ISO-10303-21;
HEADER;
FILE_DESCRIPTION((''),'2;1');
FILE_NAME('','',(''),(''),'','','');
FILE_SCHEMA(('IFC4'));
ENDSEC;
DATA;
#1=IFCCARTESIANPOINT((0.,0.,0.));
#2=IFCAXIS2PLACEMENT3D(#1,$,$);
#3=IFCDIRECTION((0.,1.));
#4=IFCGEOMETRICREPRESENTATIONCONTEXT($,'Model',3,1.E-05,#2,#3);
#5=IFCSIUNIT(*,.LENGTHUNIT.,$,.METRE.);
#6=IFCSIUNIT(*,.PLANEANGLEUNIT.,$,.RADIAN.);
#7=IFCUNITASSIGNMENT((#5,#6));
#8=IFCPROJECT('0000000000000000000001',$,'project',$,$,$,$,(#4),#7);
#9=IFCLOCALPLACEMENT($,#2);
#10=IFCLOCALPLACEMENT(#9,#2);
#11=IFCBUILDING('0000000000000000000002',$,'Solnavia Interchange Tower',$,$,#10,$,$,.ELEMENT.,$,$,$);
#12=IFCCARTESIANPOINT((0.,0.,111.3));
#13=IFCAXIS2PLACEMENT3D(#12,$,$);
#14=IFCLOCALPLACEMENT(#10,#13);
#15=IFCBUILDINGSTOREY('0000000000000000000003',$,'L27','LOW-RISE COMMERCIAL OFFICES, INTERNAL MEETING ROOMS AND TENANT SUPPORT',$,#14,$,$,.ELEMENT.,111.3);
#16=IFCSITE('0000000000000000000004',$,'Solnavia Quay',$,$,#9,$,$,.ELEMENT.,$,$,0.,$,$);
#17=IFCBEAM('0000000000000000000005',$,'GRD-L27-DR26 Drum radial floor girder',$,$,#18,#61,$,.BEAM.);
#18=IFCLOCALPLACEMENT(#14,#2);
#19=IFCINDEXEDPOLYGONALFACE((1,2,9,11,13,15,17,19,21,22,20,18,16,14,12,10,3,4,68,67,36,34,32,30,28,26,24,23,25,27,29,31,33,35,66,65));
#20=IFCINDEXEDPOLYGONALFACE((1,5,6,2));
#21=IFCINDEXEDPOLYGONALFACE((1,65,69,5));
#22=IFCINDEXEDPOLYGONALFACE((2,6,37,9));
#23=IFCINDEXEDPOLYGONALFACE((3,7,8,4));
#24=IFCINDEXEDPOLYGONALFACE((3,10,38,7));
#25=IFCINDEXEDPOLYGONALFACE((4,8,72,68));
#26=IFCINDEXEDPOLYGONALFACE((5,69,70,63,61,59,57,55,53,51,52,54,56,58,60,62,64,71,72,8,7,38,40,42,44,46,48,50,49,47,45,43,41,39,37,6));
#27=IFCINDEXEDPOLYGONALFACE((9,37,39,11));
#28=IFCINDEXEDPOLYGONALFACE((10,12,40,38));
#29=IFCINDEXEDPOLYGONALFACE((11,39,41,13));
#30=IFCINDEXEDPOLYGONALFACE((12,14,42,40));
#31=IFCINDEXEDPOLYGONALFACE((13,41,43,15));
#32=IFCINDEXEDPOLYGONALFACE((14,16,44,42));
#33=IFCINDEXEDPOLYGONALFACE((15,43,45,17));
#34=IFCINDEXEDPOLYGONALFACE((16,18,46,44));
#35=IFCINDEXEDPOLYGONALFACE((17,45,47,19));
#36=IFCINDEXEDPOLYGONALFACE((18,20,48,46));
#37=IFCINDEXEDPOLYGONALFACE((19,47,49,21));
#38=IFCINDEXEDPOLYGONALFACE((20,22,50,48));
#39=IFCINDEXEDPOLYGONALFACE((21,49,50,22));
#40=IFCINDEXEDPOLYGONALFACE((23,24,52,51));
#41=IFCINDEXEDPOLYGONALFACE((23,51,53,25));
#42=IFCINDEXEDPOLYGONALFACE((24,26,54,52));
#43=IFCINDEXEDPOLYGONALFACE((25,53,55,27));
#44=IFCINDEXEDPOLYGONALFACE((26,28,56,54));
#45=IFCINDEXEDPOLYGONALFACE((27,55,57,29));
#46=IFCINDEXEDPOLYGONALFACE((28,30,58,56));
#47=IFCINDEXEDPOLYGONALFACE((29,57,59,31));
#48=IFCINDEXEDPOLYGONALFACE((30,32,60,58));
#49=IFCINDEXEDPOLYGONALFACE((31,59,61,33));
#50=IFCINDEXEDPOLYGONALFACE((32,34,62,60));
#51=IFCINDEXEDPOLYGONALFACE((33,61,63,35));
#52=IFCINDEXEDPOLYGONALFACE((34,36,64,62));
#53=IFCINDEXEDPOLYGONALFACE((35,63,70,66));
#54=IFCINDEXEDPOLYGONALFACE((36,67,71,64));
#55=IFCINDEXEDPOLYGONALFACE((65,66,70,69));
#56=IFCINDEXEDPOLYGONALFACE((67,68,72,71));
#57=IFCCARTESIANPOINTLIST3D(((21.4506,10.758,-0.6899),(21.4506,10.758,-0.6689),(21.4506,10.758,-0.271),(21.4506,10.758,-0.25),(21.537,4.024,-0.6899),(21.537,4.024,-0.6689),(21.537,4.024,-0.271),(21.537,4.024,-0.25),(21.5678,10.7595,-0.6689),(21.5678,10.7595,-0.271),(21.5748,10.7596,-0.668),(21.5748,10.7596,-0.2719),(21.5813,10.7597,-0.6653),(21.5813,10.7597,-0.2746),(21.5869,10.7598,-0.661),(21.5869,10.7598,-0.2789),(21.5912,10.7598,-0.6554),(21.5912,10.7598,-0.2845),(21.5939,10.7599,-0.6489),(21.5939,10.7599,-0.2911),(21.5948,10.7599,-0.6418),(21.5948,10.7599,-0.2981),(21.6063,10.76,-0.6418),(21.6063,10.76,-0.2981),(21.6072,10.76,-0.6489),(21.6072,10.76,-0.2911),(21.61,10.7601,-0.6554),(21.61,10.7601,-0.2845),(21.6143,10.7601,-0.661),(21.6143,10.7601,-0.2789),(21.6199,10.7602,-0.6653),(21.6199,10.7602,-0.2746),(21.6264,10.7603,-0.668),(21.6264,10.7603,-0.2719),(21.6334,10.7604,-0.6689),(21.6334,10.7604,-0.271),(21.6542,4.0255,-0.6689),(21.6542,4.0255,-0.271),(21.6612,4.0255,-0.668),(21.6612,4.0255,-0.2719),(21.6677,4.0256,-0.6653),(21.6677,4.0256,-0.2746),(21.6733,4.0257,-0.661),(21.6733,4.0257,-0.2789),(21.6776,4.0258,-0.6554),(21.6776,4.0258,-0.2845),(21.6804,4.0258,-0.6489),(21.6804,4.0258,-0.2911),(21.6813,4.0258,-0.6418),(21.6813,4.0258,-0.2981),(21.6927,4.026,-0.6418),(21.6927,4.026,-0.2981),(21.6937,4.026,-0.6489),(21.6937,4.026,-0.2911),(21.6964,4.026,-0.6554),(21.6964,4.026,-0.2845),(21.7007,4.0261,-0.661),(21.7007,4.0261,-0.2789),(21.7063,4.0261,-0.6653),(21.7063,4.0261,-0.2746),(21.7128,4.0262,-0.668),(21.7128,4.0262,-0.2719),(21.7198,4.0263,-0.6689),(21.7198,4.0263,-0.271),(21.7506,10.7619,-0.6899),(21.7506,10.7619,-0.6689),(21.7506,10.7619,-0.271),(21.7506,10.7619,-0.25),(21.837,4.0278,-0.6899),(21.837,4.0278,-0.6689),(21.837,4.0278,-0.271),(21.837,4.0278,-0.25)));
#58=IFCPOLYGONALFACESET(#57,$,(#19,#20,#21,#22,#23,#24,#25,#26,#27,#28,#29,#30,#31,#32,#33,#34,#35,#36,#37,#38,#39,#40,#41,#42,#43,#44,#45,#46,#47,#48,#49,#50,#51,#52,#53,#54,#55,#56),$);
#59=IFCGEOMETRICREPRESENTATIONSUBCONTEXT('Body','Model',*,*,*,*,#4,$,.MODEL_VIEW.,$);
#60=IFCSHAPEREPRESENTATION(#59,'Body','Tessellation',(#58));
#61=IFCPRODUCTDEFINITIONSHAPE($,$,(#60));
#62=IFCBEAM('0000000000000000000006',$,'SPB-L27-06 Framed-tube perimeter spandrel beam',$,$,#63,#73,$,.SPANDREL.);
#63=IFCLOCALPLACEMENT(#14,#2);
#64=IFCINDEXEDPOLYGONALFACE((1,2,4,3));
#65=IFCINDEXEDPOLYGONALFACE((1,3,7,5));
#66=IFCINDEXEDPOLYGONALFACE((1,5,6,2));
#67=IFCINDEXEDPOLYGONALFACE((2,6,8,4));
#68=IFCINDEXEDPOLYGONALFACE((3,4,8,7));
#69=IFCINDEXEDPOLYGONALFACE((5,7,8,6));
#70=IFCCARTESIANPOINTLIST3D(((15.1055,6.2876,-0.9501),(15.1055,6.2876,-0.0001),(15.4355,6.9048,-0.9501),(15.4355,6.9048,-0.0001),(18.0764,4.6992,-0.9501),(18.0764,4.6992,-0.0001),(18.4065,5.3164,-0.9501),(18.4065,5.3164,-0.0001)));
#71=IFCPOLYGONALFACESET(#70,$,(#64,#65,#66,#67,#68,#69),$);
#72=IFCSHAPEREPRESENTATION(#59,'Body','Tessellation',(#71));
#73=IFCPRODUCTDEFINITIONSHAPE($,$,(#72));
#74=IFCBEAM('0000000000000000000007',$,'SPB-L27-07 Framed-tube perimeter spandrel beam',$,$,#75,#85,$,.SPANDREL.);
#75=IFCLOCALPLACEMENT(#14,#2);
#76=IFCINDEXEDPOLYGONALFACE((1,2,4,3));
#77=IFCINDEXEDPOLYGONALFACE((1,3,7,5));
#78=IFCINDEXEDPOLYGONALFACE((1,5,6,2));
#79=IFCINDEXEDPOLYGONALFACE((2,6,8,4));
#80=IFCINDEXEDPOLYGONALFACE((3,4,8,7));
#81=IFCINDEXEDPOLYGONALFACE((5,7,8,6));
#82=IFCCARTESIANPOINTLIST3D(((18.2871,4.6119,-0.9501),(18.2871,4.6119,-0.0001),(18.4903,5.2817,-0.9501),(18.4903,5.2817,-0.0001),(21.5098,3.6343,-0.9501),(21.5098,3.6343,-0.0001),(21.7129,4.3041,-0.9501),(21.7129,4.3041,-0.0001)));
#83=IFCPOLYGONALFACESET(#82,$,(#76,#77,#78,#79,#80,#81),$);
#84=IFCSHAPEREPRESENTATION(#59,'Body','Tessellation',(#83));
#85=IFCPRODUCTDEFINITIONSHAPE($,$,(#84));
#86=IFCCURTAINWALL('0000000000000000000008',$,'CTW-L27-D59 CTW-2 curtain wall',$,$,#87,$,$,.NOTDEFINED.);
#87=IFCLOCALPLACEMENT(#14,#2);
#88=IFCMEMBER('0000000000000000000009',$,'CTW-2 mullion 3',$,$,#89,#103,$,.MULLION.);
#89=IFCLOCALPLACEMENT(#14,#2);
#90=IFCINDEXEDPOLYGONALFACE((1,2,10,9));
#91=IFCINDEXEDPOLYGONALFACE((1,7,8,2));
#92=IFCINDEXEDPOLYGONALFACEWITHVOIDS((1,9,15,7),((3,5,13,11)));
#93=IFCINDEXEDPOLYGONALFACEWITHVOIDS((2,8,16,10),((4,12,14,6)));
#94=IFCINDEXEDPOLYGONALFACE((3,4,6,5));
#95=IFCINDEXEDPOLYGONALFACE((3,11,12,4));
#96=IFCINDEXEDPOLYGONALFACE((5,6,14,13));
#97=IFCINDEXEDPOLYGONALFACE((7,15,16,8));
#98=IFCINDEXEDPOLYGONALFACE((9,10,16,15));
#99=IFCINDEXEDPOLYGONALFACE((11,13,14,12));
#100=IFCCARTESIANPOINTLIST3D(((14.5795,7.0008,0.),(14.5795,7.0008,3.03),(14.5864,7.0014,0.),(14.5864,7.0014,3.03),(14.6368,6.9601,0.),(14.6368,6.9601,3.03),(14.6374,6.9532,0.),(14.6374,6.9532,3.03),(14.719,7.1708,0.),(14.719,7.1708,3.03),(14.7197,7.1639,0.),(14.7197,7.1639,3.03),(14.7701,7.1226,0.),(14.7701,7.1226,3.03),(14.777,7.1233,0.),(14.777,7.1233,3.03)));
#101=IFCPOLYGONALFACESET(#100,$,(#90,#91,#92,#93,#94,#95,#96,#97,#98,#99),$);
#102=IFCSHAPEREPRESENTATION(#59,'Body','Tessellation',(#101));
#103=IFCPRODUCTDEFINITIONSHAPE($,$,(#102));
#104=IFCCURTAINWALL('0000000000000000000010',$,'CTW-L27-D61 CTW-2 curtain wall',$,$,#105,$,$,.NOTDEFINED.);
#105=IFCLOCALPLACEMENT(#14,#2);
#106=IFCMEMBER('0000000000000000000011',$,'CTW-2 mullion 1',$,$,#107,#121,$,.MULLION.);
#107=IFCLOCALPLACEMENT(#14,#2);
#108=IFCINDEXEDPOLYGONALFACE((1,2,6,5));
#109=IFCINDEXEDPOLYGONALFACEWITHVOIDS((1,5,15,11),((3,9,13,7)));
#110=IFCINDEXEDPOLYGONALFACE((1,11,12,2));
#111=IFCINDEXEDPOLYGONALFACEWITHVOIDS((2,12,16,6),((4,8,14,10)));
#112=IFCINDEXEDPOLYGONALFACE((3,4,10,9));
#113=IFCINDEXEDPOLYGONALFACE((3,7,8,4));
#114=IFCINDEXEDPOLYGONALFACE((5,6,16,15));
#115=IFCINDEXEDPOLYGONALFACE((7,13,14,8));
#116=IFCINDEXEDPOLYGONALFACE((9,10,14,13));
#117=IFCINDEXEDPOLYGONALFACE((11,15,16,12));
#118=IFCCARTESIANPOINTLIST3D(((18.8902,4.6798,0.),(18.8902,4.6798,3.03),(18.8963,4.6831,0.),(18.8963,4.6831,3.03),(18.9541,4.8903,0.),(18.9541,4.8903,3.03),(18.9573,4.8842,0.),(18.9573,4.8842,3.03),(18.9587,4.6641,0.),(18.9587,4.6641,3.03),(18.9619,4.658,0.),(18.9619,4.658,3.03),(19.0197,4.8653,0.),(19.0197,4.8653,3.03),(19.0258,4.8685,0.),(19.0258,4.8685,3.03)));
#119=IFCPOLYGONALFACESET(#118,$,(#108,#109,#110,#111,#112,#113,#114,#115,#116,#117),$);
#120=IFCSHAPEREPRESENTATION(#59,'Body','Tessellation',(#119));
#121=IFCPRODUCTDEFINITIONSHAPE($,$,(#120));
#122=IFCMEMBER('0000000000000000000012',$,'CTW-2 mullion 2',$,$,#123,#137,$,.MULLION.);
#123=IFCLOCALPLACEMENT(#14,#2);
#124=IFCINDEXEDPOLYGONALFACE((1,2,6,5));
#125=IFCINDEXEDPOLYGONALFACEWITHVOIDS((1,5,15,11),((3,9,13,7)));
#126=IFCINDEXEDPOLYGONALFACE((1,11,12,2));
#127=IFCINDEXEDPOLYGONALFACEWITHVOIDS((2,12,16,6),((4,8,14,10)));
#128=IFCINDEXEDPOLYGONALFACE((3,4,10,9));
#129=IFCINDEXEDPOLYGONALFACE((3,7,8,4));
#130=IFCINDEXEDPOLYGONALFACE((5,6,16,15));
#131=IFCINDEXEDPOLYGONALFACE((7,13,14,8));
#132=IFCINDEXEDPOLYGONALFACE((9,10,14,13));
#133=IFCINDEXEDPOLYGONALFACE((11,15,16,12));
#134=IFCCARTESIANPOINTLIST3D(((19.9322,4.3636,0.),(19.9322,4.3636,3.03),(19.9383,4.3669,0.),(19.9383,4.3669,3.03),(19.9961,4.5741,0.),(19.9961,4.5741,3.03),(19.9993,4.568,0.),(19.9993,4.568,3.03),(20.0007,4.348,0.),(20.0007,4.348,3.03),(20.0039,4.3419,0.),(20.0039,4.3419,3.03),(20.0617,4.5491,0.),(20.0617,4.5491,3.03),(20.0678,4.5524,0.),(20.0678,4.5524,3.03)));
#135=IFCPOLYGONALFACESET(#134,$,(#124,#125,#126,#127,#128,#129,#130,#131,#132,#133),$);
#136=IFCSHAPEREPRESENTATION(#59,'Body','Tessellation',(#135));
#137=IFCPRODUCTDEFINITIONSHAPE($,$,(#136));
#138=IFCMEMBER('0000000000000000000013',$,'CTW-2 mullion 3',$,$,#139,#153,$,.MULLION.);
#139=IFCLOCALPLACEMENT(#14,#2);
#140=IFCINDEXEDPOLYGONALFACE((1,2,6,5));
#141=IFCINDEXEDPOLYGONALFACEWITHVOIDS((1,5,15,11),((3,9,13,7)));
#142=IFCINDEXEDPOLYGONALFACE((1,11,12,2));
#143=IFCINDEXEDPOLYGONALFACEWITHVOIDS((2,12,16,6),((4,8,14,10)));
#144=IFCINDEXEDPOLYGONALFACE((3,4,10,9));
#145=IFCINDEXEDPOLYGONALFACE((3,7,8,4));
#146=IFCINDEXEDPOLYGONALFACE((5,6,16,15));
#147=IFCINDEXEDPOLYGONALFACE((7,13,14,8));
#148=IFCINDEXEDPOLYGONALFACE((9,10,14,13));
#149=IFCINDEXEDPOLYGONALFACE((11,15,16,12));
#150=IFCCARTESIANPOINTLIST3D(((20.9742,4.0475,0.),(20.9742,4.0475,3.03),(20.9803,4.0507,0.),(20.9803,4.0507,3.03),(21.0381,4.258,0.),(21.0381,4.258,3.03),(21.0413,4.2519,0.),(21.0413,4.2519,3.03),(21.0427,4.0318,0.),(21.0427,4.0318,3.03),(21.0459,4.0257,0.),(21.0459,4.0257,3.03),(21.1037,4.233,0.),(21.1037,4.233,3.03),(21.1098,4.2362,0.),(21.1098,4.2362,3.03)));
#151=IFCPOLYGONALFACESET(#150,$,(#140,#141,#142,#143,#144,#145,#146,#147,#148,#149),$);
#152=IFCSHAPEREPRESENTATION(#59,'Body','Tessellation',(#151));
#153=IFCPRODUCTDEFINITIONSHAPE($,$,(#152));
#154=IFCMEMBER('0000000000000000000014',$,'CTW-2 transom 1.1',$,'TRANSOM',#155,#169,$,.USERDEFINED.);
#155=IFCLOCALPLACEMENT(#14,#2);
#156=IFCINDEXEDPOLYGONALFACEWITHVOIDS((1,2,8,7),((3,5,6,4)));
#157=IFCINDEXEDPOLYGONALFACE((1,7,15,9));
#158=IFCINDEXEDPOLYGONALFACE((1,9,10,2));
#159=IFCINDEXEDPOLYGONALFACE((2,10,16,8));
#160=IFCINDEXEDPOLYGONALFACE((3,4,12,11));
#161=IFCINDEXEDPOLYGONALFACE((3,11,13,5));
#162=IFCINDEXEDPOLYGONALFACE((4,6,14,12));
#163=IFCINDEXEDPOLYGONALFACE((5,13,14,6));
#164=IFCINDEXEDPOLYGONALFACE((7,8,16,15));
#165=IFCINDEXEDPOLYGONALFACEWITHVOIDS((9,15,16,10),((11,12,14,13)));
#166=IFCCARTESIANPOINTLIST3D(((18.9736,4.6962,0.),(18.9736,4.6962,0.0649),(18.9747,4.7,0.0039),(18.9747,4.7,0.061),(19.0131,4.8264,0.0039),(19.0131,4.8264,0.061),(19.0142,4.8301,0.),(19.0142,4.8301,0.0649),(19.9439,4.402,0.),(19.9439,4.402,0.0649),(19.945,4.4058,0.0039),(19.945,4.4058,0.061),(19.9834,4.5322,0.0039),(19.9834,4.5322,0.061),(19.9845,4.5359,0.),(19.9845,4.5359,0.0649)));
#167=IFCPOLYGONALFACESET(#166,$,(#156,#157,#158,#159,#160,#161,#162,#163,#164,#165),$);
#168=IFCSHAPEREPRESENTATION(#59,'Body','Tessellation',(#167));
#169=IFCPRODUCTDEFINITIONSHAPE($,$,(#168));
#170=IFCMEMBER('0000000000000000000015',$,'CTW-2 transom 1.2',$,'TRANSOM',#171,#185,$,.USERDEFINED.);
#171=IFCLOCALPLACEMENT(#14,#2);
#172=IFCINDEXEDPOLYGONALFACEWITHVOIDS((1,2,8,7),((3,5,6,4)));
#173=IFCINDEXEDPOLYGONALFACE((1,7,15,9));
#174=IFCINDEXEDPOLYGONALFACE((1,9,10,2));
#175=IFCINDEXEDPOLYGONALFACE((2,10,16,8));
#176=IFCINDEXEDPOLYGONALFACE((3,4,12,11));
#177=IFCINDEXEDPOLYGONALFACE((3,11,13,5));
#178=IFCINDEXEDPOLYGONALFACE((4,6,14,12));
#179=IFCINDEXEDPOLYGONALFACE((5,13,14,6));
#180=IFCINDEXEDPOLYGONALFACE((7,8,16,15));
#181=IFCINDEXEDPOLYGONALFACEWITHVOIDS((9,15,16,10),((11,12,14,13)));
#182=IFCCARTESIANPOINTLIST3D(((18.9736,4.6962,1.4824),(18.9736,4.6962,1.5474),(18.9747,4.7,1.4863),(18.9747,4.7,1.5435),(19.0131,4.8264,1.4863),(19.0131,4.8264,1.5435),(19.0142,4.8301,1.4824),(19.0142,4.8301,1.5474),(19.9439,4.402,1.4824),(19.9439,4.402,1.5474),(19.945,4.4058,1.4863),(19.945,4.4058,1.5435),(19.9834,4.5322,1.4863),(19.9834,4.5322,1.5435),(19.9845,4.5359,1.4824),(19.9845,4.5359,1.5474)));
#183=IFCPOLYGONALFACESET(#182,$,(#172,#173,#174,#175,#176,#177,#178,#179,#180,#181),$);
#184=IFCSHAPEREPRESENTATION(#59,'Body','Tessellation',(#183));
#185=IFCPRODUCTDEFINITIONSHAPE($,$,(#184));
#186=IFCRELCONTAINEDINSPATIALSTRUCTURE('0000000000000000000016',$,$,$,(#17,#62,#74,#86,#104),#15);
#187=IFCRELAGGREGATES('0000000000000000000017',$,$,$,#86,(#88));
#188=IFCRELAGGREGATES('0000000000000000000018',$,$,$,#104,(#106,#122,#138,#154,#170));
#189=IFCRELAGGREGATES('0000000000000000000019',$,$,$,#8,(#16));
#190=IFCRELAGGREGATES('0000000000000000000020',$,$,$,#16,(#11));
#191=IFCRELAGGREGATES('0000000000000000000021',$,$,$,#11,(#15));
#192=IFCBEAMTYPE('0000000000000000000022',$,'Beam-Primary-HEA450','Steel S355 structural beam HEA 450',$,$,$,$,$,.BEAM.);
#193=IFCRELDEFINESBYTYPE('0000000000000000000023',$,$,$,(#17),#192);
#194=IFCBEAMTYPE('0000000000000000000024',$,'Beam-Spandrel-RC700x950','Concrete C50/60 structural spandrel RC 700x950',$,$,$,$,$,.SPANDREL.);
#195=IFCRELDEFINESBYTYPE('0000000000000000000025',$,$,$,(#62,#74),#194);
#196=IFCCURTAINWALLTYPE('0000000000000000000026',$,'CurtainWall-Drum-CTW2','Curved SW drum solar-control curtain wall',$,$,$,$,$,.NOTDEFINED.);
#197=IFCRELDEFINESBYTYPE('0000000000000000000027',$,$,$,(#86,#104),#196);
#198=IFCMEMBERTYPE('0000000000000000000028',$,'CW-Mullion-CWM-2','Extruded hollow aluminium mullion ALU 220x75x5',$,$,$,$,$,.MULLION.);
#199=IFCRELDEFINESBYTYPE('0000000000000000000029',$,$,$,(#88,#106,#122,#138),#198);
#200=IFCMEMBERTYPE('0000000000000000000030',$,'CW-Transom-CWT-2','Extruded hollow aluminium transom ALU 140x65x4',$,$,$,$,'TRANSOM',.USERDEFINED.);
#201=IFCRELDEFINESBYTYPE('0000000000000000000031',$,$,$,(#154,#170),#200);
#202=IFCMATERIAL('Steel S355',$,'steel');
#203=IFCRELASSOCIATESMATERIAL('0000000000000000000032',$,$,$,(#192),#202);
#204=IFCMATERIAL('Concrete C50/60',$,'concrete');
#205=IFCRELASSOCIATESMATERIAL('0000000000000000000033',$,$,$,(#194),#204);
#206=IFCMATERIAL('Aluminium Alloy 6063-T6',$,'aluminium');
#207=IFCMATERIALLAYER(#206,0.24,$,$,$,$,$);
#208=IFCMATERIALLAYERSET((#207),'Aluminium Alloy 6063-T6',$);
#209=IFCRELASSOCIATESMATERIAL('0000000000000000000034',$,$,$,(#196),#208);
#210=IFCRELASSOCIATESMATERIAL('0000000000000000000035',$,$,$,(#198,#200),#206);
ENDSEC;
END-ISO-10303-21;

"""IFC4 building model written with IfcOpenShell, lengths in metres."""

from ifc_helpers import new_model, si_unit, direction, frame, origin, origin_2d, place, context, subcontext, project, spatial, rectangle, hollow_rectangle, i_section, extrude, material, layer, layer_set, material_profile, profile_set, type_object, element, aggregate, save


model = new_model("IFC4")

# Units and contexts
model_context = context("Model", 3, precision=1e-05, world=origin(), true_north=direction((0.0, 1.0)))
body_context = subcontext(model_context, "Body", "Model", "MODEL_VIEW")
ifc_project = project(units=[si_unit("LENGTHUNIT", "METRE"), si_unit("PLANEANGLEUNIT", "RADIAN")], contexts=[model_context])

# Site, building, storey
site_placement = place(None, origin())
site = spatial("IfcSite", under=ifc_project, at=site_placement, Name="Solnavia Quay", CompositionType="ELEMENT", RefElevation=0.0)
building_placement = place(site_placement, origin())
building = spatial("IfcBuilding", under=site, at=building_placement, Name="Solnavia Interchange Tower", CompositionType="ELEMENT")
storey_placement = place(building_placement, frame((0.0, 0.0, 111.3)))
storey = spatial("IfcBuildingStorey", under=building, at=storey_placement, Name="L27", Description="LOW-RISE COMMERCIAL OFFICES, INTERNAL MEETING ROOMS AND TENANT SUPPORT", CompositionType="ELEMENT", Elevation=111.3)

# Beams
ifc_material_1 = material(Name="Steel S355", Category="steel")
ifc_material_profile_1 = material_profile(ifc_material_1, i_section(OverallWidth=0.3, OverallDepth=0.4399, WebThickness=0.0115, FlangeThickness=0.021, FilletRadius=0.0271, at=origin_2d()), Name="HEA 450")
ifc_profile_set_1 = profile_set([ifc_material_profile_1], Name="Steel S355")
beam_type_1 = type_object("IfcBeamType", Name="Beam-Primary-HEA450", Description="Steel S355 structural beam HEA 450", PredefinedType="BEAM", material=ifc_profile_set_1)
beam_1_placement = place(storey_placement, frame((21.687, 4.0259, -0.47), z_axis=(-0.012833, 0.999918, 0.0), x_axis=(-0.999918, -0.012833, 0.0)))
element("IfcBeam", 1, at=beam_1_placement, inside=storey, type_object=beam_type_1, Name="GRD-L27-DR26 Drum radial floor girder", PredefinedType="BEAM", context=body_context, shape_type="SweptSolid", body=[
    extrude(i_section(OverallWidth=0.3, OverallDepth=0.4399, WebThickness=0.0115, FlangeThickness=0.021, FilletRadius=0.0271, at=origin_2d()), origin(), (0.0, 0.0, 1.0), 6.7346),
])
ifc_material_2 = material(Name="Concrete C50/60", Category="concrete")
ifc_material_profile_2 = material_profile(ifc_material_2, rectangle(XDim=0.7, YDim=0.95, at=origin_2d()), Name="RC 700x950")
ifc_profile_set_2 = profile_set([ifc_material_profile_2], Name="Concrete C50/60")
beam_type_2 = type_object("IfcBeamType", Name="Beam-Spandrel-RC700x950", Description="Concrete C50/60 structural spandrel RC 700x950", PredefinedType="SPANDREL", material=ifc_profile_set_2)
beam_2_placement = place(storey_placement, frame((15.2705, 6.5962, -0.4751), z_axis=(0.881875, -0.471483, 0.0), x_axis=(0.471483, 0.881875, 0.0)))
element("IfcBeam", 2, at=beam_2_placement, inside=storey, type_object=beam_type_2, Name="SPB-L27-06 Framed-tube perimeter spandrel beam", PredefinedType="SPANDREL", context=body_context, shape_type="SweptSolid", body=[
    extrude(rectangle(XDim=0.7, YDim=0.95, at=origin_2d()), origin(), (0.0, 0.0, 1.0), 3.3689),
])
beam_3_placement = place(storey_placement, frame((18.3887, 4.9468, -0.4751), z_axis=(0.956944, -0.290273, 0.0), x_axis=(0.290273, 0.956944, 0.0)))
element("IfcBeam", 3, at=beam_3_placement, inside=storey, type_object=beam_type_2, Name="SPB-L27-07 Framed-tube perimeter spandrel beam", PredefinedType="SPANDREL", context=body_context, shape_type="SweptSolid", body=[
    extrude(rectangle(XDim=0.7, YDim=0.95, at=origin_2d()), origin(), (0.0, 0.0, 1.0), 3.3677),
])

# Curtain wall, member
ifc_material_3 = material(Name="Aluminium Alloy 6063-T6", Category="aluminium")
ifc_layer_1 = layer(ifc_material_3, 0.24)
ifc_layer_set_1 = layer_set([ifc_layer_1], Name="Aluminium Alloy 6063-T6")
curtain_wall_type = type_object("IfcCurtainWallType", Name="CurtainWall-Drum-CTW2", Description="Curved SW drum solar-control curtain wall", PredefinedType="NOTDEFINED", material=ifc_layer_set_1)
curtain_wall_1_placement = place(storey_placement, origin())
curtain_wall_1 = element("IfcCurtainWall", 4, at=curtain_wall_1_placement, inside=storey, type_object=curtain_wall_type, Name="CTW-L27-D59 CTW-2 curtain wall", PredefinedType="NOTDEFINED")
ifc_material_profile_3 = material_profile(ifc_material_3, hollow_rectangle(XDim=0.075, YDim=0.22, WallThickness=0.0049, at=origin_2d()), Name="ALU 220x75x5")
ifc_profile_set_3 = profile_set([ifc_material_profile_3], Name="Aluminium Alloy 6063-T6")
member_type_1 = type_object("IfcMemberType", Name="CW-Mullion-CWM-2", Description="Extruded hollow aluminium mullion ALU 220x75x5", PredefinedType="MULLION", material=ifc_profile_set_3)
member_1_placement = place(storey_placement, frame((14.6782, 7.062, 0.0), z_axis=(0.0, 0.0, 1.0), x_axis=(0.773095, -0.634291, 0.0)))
member_1 = element("IfcMember", 5, at=member_1_placement, type_object=member_type_1, Name="CTW-2 mullion 3", PredefinedType="MULLION", context=body_context, shape_type="SweptSolid", body=[
    extrude(hollow_rectangle(XDim=0.075, YDim=0.22, WallThickness=0.0049, at=origin_2d()), origin(), (0.0, 0.0, 1.0), 3.03),
])

# Curtain wall, members
curtain_wall_2_placement = place(storey_placement, origin())
curtain_wall_2 = element("IfcCurtainWall", 6, at=curtain_wall_2_placement, inside=storey, type_object=curtain_wall_type, Name="CTW-L27-D61 CTW-2 curtain wall", PredefinedType="NOTDEFINED")
member_2_placement = place(storey_placement, frame((18.958, 4.7742, 0.0), z_axis=(0.0, 0.0, 1.0), x_axis=(0.956935, -0.290303, 0.0)))
member_2 = element("IfcMember", 7, at=member_2_placement, type_object=member_type_1, Name="CTW-2 mullion 1", PredefinedType="MULLION", context=body_context, shape_type="SweptSolid", body=[
    extrude(hollow_rectangle(XDim=0.075, YDim=0.22, WallThickness=0.0049, at=origin_2d()), origin(), (0.0, 0.0, 1.0), 3.03),
])
member_3_placement = place(storey_placement, frame((20.0, 4.458, 0.0), z_axis=(0.0, 0.0, 1.0), x_axis=(0.956935, -0.290303, 0.0)))
member_3 = element("IfcMember", 8, at=member_3_placement, type_object=member_type_1, Name="CTW-2 mullion 2", PredefinedType="MULLION", context=body_context, shape_type="SweptSolid", body=[
    extrude(hollow_rectangle(XDim=0.075, YDim=0.22, WallThickness=0.0049, at=origin_2d()), origin(), (0.0, 0.0, 1.0), 3.03),
])
member_4_placement = place(storey_placement, frame((21.042, 4.1418, 0.0), z_axis=(0.0, 0.0, 1.0), x_axis=(0.956935, -0.290303, 0.0)))
member_4 = element("IfcMember", 9, at=member_4_placement, type_object=member_type_1, Name="CTW-2 mullion 3", PredefinedType="MULLION", context=body_context, shape_type="SweptSolid", body=[
    extrude(hollow_rectangle(XDim=0.075, YDim=0.22, WallThickness=0.0049, at=origin_2d()), origin(), (0.0, 0.0, 1.0), 3.03),
])
ifc_material_profile_4 = material_profile(ifc_material_3, hollow_rectangle(XDim=0.0649, YDim=0.1399, WallThickness=0.0039, at=origin_2d()), Name="ALU 140x65x4")
ifc_profile_set_4 = profile_set([ifc_material_profile_4], Name="Aluminium Alloy 6063-T6")
member_type_2 = type_object("IfcMemberType", Name="CW-Transom-CWT-2", Description="Extruded hollow aluminium transom ALU 140x65x4", ElementType="TRANSOM", PredefinedType="USERDEFINED", material=ifc_profile_set_4)
member_5_placement = place(storey_placement, frame((18.9939, 4.7632, 0.0325), z_axis=(0.956974, -0.290174, 0.0), x_axis=(0.0, 0.0, 1.0)))
member_5 = element("IfcMember", 10, at=member_5_placement, type_object=member_type_2, Name="CTW-2 transom 1.1", ObjectType="TRANSOM", PredefinedType="USERDEFINED", context=body_context, shape_type="SweptSolid", body=[
    extrude(hollow_rectangle(XDim=0.0649, YDim=0.1399, WallThickness=0.0039, at=origin_2d()), origin(), (0.0, 0.0, 1.0), 1.0139),
])
member_6_placement = place(storey_placement, frame((18.9939, 4.7632, 1.5149), z_axis=(0.956974, -0.290174, 0.0), x_axis=(0.0, 0.0, 1.0)))
member_6 = element("IfcMember", 11, at=member_6_placement, type_object=member_type_2, Name="CTW-2 transom 1.2", ObjectType="TRANSOM", PredefinedType="USERDEFINED", context=body_context, shape_type="SweptSolid", body=[
    extrude(hollow_rectangle(XDim=0.0649, YDim=0.1399, WallThickness=0.0039, at=origin_2d()), origin(), (0.0, 0.0, 1.0), 1.0139),
])

aggregate(curtain_wall_1, [member_1])
aggregate(curtain_wall_2, [member_2, member_3, member_4, member_5, member_6])

save(model, "model.ifc")
